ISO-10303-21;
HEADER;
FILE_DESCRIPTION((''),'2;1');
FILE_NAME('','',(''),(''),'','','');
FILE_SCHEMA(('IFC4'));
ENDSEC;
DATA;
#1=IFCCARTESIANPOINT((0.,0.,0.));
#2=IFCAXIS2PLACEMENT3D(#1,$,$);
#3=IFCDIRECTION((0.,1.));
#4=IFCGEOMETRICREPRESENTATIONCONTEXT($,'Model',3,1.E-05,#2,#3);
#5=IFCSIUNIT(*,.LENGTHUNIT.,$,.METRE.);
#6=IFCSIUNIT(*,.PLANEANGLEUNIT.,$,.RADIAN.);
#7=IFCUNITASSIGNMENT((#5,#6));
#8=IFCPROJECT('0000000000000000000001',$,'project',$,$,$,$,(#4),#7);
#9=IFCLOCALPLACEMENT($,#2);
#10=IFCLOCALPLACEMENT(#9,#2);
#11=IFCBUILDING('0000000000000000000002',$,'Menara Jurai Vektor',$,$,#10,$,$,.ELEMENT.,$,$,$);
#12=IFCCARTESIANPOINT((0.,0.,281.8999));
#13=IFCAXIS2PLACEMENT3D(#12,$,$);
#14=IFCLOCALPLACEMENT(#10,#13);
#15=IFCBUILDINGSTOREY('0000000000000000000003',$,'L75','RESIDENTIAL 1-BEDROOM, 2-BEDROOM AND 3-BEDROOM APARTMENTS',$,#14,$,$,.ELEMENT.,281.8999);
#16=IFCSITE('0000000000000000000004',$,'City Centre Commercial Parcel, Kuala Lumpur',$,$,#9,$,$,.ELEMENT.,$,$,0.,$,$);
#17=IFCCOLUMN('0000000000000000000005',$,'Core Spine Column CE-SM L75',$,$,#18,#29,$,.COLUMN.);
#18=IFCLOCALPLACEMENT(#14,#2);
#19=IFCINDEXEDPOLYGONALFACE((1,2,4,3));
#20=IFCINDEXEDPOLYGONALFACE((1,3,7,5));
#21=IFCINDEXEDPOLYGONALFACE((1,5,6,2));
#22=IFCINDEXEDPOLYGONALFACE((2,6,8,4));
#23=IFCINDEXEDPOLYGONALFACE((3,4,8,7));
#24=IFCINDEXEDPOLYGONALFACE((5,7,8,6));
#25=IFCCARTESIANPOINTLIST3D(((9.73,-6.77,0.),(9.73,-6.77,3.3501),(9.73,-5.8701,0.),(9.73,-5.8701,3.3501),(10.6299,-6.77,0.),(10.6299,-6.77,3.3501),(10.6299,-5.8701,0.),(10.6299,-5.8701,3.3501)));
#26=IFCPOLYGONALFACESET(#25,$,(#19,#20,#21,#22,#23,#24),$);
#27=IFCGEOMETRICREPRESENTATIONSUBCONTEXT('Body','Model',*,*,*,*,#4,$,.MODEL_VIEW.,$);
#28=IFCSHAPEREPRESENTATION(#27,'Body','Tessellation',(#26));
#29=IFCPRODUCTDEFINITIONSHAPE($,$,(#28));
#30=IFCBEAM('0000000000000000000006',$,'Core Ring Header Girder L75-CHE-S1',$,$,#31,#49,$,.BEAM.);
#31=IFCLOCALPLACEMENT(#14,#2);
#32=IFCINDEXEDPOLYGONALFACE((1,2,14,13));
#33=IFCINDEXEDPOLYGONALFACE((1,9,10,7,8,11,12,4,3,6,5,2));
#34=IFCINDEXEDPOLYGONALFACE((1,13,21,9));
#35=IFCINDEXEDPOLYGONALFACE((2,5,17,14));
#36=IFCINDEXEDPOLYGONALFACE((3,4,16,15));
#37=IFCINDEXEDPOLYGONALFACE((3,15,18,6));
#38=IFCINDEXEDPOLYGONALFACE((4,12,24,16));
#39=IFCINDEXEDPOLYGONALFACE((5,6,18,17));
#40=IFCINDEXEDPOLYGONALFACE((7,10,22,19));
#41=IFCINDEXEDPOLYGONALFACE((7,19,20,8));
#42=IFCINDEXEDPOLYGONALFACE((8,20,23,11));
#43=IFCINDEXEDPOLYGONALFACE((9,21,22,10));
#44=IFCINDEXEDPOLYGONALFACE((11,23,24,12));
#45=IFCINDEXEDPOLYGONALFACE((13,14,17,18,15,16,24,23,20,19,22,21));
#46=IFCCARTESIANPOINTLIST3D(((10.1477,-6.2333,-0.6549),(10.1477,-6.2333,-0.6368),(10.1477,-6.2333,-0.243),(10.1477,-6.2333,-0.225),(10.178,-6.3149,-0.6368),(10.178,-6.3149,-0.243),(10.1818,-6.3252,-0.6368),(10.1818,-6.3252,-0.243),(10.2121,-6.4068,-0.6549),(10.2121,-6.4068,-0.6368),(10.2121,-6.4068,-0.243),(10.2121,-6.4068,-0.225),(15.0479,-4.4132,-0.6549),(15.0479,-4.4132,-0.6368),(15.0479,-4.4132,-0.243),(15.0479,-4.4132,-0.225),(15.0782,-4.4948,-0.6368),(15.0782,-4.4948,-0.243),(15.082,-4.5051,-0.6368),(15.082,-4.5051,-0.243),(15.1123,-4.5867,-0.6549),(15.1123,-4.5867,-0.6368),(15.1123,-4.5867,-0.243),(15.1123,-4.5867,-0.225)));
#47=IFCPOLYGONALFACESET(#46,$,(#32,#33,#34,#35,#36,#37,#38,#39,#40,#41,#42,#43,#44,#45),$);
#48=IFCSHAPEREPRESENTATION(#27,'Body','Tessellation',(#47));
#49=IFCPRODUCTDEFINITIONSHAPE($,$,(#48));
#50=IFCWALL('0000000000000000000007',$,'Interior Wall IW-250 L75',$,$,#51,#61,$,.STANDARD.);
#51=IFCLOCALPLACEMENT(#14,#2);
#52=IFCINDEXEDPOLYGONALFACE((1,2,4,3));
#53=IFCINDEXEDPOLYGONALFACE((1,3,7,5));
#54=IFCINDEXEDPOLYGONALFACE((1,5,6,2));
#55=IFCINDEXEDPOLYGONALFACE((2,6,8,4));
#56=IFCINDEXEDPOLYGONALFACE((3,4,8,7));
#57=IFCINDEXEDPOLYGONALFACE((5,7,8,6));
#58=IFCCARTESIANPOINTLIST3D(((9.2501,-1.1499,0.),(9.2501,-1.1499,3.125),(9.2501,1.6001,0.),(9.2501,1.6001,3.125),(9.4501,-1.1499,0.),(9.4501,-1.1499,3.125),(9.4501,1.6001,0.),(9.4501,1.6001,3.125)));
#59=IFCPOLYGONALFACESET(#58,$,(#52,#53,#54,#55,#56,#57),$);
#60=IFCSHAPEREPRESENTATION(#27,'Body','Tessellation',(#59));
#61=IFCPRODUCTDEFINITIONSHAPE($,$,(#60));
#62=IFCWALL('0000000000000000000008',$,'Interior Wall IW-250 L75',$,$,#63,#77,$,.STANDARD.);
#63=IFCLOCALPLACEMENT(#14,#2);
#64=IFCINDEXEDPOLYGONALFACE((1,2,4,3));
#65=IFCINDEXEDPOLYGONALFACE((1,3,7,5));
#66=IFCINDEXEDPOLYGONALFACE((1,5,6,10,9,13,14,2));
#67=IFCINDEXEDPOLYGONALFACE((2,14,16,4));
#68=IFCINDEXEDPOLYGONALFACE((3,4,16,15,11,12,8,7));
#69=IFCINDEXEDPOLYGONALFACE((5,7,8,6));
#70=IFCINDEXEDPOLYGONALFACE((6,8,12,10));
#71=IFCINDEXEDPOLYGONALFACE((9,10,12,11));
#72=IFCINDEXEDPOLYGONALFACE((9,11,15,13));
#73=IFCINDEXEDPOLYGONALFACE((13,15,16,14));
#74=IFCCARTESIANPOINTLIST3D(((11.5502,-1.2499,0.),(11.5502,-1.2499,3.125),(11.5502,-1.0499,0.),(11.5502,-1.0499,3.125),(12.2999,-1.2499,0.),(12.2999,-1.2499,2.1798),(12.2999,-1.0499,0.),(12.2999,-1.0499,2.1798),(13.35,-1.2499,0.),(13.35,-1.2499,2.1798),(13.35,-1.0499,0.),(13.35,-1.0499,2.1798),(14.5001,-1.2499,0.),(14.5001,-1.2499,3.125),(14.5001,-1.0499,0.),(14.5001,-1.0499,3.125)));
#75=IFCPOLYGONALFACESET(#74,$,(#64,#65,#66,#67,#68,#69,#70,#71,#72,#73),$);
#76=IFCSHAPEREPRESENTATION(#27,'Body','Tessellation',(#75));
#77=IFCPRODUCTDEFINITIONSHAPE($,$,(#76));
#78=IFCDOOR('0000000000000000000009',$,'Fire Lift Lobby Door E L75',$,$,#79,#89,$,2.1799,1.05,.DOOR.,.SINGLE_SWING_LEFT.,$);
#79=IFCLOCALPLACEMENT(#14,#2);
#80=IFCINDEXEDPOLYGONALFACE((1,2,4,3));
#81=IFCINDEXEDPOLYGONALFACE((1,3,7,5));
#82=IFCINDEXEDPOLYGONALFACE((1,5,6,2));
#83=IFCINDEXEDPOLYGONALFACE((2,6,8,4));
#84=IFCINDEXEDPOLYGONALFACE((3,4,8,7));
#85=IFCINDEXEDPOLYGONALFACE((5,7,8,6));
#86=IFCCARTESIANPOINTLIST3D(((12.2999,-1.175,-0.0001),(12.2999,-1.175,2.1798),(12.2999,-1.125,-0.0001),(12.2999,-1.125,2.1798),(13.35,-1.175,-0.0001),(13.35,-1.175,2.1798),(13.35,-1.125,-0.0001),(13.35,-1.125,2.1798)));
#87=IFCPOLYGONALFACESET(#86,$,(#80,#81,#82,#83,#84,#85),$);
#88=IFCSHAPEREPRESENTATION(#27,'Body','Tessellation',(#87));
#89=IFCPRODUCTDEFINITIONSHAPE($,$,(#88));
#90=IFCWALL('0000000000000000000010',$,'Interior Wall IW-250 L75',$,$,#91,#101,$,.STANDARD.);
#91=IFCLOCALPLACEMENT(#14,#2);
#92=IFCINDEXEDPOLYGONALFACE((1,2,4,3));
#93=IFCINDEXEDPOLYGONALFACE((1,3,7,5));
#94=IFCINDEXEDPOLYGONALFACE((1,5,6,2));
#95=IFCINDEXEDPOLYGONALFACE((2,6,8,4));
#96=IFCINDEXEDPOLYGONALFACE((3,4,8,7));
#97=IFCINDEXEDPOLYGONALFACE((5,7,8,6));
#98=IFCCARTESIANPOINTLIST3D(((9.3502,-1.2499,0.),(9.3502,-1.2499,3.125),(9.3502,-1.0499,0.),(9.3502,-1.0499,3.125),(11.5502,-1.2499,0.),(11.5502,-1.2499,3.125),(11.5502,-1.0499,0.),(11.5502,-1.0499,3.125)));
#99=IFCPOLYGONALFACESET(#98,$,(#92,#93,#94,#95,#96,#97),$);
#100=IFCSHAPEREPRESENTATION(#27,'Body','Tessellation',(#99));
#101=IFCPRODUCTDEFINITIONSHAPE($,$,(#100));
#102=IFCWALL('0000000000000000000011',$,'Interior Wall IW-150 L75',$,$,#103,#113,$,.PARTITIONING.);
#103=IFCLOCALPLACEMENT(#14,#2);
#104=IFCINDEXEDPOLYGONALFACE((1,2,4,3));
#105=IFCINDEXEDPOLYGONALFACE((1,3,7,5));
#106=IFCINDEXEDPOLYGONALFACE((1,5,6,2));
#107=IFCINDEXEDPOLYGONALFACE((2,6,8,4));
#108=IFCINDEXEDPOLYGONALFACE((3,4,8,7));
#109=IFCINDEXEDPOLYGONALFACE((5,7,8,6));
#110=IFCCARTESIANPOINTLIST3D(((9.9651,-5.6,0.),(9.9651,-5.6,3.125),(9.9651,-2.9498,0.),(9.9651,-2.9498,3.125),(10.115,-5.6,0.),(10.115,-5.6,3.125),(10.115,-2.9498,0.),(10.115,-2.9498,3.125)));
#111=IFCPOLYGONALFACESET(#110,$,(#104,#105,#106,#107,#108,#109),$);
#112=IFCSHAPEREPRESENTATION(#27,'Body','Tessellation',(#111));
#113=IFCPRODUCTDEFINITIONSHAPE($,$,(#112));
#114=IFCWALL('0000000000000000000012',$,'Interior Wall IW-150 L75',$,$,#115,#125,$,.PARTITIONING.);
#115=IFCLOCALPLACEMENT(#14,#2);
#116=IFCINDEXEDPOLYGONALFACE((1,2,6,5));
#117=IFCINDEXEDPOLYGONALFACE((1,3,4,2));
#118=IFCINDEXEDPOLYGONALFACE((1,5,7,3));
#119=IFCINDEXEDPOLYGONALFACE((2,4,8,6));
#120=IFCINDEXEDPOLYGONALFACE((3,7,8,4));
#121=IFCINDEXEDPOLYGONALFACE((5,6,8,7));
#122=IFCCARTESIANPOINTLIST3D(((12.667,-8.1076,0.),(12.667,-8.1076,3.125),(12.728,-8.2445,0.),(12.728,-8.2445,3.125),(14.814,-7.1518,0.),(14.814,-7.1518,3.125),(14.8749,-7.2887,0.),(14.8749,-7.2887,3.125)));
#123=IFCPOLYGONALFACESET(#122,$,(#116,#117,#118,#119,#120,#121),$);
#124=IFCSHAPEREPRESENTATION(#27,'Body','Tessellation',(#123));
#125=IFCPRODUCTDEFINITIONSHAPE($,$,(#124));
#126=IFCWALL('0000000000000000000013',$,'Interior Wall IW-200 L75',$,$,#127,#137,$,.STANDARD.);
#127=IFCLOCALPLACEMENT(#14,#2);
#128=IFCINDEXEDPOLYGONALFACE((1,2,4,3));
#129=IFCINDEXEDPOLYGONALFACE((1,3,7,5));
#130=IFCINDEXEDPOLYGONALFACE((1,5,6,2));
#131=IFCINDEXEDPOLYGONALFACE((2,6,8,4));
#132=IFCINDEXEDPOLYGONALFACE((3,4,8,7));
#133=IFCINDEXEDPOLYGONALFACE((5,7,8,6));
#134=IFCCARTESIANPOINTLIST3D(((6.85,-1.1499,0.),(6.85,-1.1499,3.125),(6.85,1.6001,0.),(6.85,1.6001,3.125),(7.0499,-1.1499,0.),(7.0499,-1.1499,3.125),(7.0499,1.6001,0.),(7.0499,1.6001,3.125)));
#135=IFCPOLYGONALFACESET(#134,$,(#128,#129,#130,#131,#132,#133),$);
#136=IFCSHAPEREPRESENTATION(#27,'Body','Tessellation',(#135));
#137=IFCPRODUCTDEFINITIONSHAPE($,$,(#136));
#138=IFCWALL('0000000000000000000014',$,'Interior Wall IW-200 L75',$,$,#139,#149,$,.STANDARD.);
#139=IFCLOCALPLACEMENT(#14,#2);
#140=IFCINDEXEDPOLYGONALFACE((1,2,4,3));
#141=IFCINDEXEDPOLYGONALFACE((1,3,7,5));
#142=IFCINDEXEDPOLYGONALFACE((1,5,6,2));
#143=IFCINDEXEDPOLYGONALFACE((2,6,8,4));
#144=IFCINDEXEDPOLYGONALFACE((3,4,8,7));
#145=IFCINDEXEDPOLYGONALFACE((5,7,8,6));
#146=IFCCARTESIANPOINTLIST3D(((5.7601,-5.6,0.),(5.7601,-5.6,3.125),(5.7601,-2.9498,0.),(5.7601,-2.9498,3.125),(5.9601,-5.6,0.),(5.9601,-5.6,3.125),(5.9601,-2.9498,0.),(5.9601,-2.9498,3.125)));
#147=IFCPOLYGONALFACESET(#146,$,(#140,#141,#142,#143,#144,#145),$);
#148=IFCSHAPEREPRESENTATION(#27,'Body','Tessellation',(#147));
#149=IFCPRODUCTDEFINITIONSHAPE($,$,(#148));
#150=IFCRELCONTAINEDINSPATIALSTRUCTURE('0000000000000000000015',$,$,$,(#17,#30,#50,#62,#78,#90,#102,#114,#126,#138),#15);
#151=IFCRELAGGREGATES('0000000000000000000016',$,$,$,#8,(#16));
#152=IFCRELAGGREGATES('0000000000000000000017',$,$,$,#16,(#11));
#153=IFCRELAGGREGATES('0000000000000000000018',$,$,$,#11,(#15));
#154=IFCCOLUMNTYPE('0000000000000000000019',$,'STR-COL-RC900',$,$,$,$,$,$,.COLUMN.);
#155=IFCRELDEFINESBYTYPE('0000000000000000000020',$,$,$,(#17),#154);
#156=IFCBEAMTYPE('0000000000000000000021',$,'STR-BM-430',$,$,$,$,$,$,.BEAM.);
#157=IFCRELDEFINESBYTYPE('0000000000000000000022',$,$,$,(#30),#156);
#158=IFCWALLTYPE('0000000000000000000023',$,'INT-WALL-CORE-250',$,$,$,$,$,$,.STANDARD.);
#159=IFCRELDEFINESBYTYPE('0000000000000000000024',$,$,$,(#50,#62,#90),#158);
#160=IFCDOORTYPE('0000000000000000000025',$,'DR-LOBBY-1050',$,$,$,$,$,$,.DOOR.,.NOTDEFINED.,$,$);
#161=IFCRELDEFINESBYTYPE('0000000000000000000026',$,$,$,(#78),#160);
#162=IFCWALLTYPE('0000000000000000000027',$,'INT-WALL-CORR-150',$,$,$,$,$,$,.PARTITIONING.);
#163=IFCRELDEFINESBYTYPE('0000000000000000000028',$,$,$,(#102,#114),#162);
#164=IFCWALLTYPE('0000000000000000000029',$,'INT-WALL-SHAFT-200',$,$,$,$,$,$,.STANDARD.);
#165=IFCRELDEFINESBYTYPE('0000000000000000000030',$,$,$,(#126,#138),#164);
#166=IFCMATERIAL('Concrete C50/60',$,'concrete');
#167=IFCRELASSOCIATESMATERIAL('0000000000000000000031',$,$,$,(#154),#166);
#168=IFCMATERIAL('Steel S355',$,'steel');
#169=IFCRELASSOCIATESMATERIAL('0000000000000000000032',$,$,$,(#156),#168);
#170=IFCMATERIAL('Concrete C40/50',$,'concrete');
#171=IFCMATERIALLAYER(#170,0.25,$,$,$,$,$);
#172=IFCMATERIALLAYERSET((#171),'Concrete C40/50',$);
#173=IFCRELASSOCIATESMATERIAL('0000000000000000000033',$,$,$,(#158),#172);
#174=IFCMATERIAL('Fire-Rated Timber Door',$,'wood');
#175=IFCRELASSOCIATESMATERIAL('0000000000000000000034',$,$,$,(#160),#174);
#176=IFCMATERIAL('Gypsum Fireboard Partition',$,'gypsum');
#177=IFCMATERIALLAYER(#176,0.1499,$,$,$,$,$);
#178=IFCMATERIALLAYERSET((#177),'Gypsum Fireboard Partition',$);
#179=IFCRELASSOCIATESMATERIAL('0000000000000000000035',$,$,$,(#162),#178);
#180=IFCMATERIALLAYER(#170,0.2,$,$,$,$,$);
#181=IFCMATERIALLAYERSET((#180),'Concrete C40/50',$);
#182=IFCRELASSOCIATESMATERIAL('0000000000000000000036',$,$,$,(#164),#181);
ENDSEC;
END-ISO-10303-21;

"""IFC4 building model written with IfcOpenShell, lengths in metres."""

from ifc_helpers import new_model, si_unit, direction, frame, frame_2d, origin, origin_2d, place, context, subcontext, project, spatial, rectangle, i_section, extrude, material, layer, layer_set, material_profile, profile_set, type_object, element, fill, save


model = new_model("IFC4")

# Units and contexts
model_context = context("Model", 3, precision=1e-05, world=origin(), true_north=direction((0.0, 1.0)))
body_context = subcontext(model_context, "Body", "Model", "MODEL_VIEW")
ifc_project = project(units=[si_unit("LENGTHUNIT", "METRE"), si_unit("PLANEANGLEUNIT", "RADIAN")], contexts=[model_context])

# Site, building, storey
site_placement = place(None, origin())
site = spatial("IfcSite", under=ifc_project, at=site_placement, Name="City Centre Commercial Parcel, Kuala Lumpur", CompositionType="ELEMENT", RefElevation=0.0)
building_placement = place(site_placement, origin())
building = spatial("IfcBuilding", under=site, at=building_placement, Name="Menara Jurai Vektor", CompositionType="ELEMENT")
storey_placement = place(building_placement, frame((0.0, 0.0, 281.8999)))
storey = spatial("IfcBuildingStorey", under=building, at=storey_placement, Name="L75", Description="RESIDENTIAL 1-BEDROOM, 2-BEDROOM AND 3-BEDROOM APARTMENTS", CompositionType="ELEMENT", Elevation=281.8999)

# Column
ifc_material_1 = material(Name="Concrete C50/60", Category="concrete")
ifc_material_profile_1 = material_profile(ifc_material_1, rectangle(XDim=0.8999, YDim=0.8999, at=origin_2d()), Name="RC 900x900")
ifc_profile_set_1 = profile_set([ifc_material_profile_1], Name="Concrete C50/60")
column_type = type_object("IfcColumnType", Name="STR-COL-RC900", PredefinedType="COLUMN", material=ifc_profile_set_1)
column_placement = place(storey_placement, frame((10.1799, -6.3201, 0.0), z_axis=(0.0, 0.0, 1.0), x_axis=(1.0, 0.0, 0.0)))
element("IfcColumn", 1, at=column_placement, inside=storey, type_object=column_type, Name="Core Spine Column CE-SM L75", PredefinedType="COLUMN", context=body_context, shape_type="SweptSolid", body=[
    extrude(rectangle(XDim=0.8999, YDim=0.8999, at=origin_2d()), origin(), (0.0, 0.0, 1.0), 3.3501),
])

# Beam
ifc_material_2 = material(Name="Steel S355", Category="steel")
ifc_material_profile_2 = material_profile(ifc_material_2, i_section(OverallWidth=0.1851, OverallDepth=0.4299, WebThickness=0.011, FlangeThickness=0.0181, at=origin_2d()), Name="PG 430x185x76")
ifc_profile_set_2 = profile_set([ifc_material_profile_2], Name="Steel S355")
beam_type = type_object("IfcBeamType", Name="STR-BM-430", PredefinedType="BEAM", material=ifc_profile_set_2)
beam_placement = place(storey_placement, frame((10.1799, -6.3201, -0.4399), z_axis=(0.937424, 0.348189, 0.0), x_axis=(-0.348189, 0.937424, 0.0)))
element("IfcBeam", 2, at=beam_placement, inside=storey, type_object=beam_type, Name="Core Ring Header Girder L75-CHE-S1", PredefinedType="BEAM", context=body_context, shape_type="SweptSolid", body=[
    extrude(i_section(OverallWidth=0.1851, OverallDepth=0.4299, WebThickness=0.011, FlangeThickness=0.0181, at=origin_2d()), origin(), (0.0, 0.0, 1.0), 5.2273),
])

# Shared definitions
ifc_material_3 = material(Name="Concrete C40/50", Category="concrete")
ifc_layer_1 = layer(ifc_material_3, 0.25)
ifc_layer_set_1 = layer_set([ifc_layer_1], Name="Concrete C40/50")
wall_type_1 = type_object("IfcWallType", Name="INT-WALL-CORE-250", PredefinedType="STANDARD", material=ifc_layer_set_1)

# Wall
wall_1_placement = place(storey_placement, frame((9.3501, -1.1499, 0.0), z_axis=(0.0, 0.0, 1.0), x_axis=(0.0, 1.0, 0.0)))
element("IfcWall", 3, at=wall_1_placement, inside=storey, type_object=wall_type_1, Name="Interior Wall IW-250 L75", PredefinedType="STANDARD", context=body_context, shape_type="SweptSolid", body=[
    extrude(rectangle(XDim=2.75, YDim=0.2, at=frame_2d((1.375, 0.0))), origin(), (0.0, 0.0, 1.0), 3.125),
])

# Wall, opening, door
wall_2_placement = place(storey_placement, frame((11.55, -1.1499, 0.0), z_axis=(0.0, 0.0, 1.0), x_axis=(1.0, 0.0, 0.0)))
wall_2 = element("IfcWall", 4, at=wall_2_placement, inside=storey, type_object=wall_type_1, Name="Interior Wall IW-250 L75", PredefinedType="STANDARD", context=body_context, shape_type="SweptSolid", body=[
    extrude(rectangle(XDim=2.95, YDim=0.2, at=frame_2d((1.4751, 0.0))), origin(), (0.0, 0.0, 1.0), 3.125),
])
opening_1_placement = place(wall_2_placement, frame((0.75, 0.0, 0.0)))
opening_1 = element("IfcOpeningElement", 5, at=opening_1_placement, cuts=wall_2, PredefinedType="OPENING", context=body_context, shape_type="SweptSolid", body=[
    extrude(rectangle(XDim=1.05, YDim=2.1799, at=frame_2d((0.5249, 1.0898))), frame((0.0, 0.1099, 0.0), z_axis=(0.0, -1.0, 0.0), x_axis=(1.0, 0.0, 0.0)), (0.0, 0.0, 1.0), 0.22),
])
ifc_material_4 = material(Name="Fire-Rated Timber Door", Category="wood")
door_type_1 = type_object("IfcDoorType", Name="DR-LOBBY-1050", OperationType="NOTDEFINED", PredefinedType="DOOR", material=ifc_material_4)
door_1_placement = place(opening_1_placement, origin())
door_1 = element("IfcDoor", 6, at=door_1_placement, inside=storey, type_object=door_type_1, Name="Fire Lift Lobby Door E L75", OperationType="SINGLE_SWING_LEFT", OverallHeight=2.1799, OverallWidth=1.05, PredefinedType="DOOR", context=body_context, shape_type="SweptSolid", body=[
    extrude(rectangle(XDim=1.05, YDim=2.1799, at=frame_2d((0.5249, 1.0898))), frame((0.0, 0.0249, 0.0), z_axis=(0.0, -1.0, 0.0), x_axis=(1.0, 0.0, 0.0)), (0.0, 0.0, 1.0), 0.05),
])
fill(opening_1, door_1)

# Walls
wall_3_placement = place(storey_placement, frame((9.3501, -1.1499, 0.0), z_axis=(0.0, 0.0, 1.0), x_axis=(1.0, 0.0, 0.0)))
element("IfcWall", 7, at=wall_3_placement, inside=storey, type_object=wall_type_1, Name="Interior Wall IW-250 L75", PredefinedType="STANDARD", context=body_context, shape_type="SweptSolid", body=[
    extrude(rectangle(XDim=2.2, YDim=0.2, at=frame_2d((1.1001, 0.0))), origin(), (0.0, 0.0, 1.0), 3.125),
])
ifc_material_5 = material(Name="Gypsum Fireboard Partition", Category="gypsum")
ifc_layer_2 = layer(ifc_material_5, 0.1499)
ifc_layer_set_2 = layer_set([ifc_layer_2], Name="Gypsum Fireboard Partition")
wall_type_2 = type_object("IfcWallType", Name="INT-WALL-CORR-150", PredefinedType="PARTITIONING", material=ifc_layer_set_2)
wall_4_placement = place(storey_placement, frame((10.04, -5.6001, 0.0), z_axis=(0.0, 0.0, 1.0), x_axis=(0.0, 1.0, 0.0)))
element("IfcWall", 8, at=wall_4_placement, inside=storey, type_object=wall_type_2, Name="Interior Wall IW-150 L75", PredefinedType="PARTITIONING", context=body_context, shape_type="SweptSolid", body=[
    extrude(rectangle(XDim=2.6501, YDim=0.1499, at=frame_2d((1.3252, 0.0))), origin(), (0.0, 0.0, 1.0), 3.125),
])
wall_5_placement = place(storey_placement, frame((12.6975, -8.176, 0.0), z_axis=(0.0, 0.0, 1.0), x_axis=(0.913559, 0.406707, 0.0)))
element("IfcWall", 9, at=wall_5_placement, inside=storey, type_object=wall_type_2, Name="Interior Wall IW-150 L75", PredefinedType="PARTITIONING", context=body_context, shape_type="SweptSolid", body=[
    extrude(rectangle(XDim=2.3501, YDim=0.1499, at=frame_2d((1.175, 0.0))), origin(), (0.0, 0.0, 1.0), 3.125),
])

# Wall
ifc_layer_3 = layer(ifc_material_3, 0.2)
ifc_layer_set_3 = layer_set([ifc_layer_3], Name="Concrete C40/50")
wall_type_3 = type_object("IfcWallType", Name="INT-WALL-SHAFT-200", PredefinedType="STANDARD", material=ifc_layer_set_3)
wall_6_placement = place(storey_placement, frame((6.95, -1.1499, 0.0), z_axis=(0.0, 0.0, 1.0), x_axis=(0.0, 1.0, 0.0)))
element("IfcWall", 10, at=wall_6_placement, inside=storey, type_object=wall_type_3, Name="Interior Wall IW-200 L75", PredefinedType="STANDARD", context=body_context, shape_type="SweptSolid", body=[
    extrude(rectangle(XDim=2.75, YDim=0.2, at=frame_2d((1.375, 0.0))), origin(), (0.0, 0.0, 1.0), 3.125),
])

# Wall
wall_7_placement = place(storey_placement, frame((5.8601, -5.6001, 0.0), z_axis=(0.0, 0.0, 1.0), x_axis=(0.0, 1.0, 0.0)))
element("IfcWall", 11, at=wall_7_placement, inside=storey, type_object=wall_type_3, Name="Interior Wall IW-200 L75", PredefinedType="STANDARD", context=body_context, shape_type="SweptSolid", body=[
    extrude(rectangle(XDim=2.6501, YDim=0.2, at=frame_2d((1.3252, 0.0))), origin(), (0.0, 0.0, 1.0), 3.125),
])

save(model, "model.ifc")
